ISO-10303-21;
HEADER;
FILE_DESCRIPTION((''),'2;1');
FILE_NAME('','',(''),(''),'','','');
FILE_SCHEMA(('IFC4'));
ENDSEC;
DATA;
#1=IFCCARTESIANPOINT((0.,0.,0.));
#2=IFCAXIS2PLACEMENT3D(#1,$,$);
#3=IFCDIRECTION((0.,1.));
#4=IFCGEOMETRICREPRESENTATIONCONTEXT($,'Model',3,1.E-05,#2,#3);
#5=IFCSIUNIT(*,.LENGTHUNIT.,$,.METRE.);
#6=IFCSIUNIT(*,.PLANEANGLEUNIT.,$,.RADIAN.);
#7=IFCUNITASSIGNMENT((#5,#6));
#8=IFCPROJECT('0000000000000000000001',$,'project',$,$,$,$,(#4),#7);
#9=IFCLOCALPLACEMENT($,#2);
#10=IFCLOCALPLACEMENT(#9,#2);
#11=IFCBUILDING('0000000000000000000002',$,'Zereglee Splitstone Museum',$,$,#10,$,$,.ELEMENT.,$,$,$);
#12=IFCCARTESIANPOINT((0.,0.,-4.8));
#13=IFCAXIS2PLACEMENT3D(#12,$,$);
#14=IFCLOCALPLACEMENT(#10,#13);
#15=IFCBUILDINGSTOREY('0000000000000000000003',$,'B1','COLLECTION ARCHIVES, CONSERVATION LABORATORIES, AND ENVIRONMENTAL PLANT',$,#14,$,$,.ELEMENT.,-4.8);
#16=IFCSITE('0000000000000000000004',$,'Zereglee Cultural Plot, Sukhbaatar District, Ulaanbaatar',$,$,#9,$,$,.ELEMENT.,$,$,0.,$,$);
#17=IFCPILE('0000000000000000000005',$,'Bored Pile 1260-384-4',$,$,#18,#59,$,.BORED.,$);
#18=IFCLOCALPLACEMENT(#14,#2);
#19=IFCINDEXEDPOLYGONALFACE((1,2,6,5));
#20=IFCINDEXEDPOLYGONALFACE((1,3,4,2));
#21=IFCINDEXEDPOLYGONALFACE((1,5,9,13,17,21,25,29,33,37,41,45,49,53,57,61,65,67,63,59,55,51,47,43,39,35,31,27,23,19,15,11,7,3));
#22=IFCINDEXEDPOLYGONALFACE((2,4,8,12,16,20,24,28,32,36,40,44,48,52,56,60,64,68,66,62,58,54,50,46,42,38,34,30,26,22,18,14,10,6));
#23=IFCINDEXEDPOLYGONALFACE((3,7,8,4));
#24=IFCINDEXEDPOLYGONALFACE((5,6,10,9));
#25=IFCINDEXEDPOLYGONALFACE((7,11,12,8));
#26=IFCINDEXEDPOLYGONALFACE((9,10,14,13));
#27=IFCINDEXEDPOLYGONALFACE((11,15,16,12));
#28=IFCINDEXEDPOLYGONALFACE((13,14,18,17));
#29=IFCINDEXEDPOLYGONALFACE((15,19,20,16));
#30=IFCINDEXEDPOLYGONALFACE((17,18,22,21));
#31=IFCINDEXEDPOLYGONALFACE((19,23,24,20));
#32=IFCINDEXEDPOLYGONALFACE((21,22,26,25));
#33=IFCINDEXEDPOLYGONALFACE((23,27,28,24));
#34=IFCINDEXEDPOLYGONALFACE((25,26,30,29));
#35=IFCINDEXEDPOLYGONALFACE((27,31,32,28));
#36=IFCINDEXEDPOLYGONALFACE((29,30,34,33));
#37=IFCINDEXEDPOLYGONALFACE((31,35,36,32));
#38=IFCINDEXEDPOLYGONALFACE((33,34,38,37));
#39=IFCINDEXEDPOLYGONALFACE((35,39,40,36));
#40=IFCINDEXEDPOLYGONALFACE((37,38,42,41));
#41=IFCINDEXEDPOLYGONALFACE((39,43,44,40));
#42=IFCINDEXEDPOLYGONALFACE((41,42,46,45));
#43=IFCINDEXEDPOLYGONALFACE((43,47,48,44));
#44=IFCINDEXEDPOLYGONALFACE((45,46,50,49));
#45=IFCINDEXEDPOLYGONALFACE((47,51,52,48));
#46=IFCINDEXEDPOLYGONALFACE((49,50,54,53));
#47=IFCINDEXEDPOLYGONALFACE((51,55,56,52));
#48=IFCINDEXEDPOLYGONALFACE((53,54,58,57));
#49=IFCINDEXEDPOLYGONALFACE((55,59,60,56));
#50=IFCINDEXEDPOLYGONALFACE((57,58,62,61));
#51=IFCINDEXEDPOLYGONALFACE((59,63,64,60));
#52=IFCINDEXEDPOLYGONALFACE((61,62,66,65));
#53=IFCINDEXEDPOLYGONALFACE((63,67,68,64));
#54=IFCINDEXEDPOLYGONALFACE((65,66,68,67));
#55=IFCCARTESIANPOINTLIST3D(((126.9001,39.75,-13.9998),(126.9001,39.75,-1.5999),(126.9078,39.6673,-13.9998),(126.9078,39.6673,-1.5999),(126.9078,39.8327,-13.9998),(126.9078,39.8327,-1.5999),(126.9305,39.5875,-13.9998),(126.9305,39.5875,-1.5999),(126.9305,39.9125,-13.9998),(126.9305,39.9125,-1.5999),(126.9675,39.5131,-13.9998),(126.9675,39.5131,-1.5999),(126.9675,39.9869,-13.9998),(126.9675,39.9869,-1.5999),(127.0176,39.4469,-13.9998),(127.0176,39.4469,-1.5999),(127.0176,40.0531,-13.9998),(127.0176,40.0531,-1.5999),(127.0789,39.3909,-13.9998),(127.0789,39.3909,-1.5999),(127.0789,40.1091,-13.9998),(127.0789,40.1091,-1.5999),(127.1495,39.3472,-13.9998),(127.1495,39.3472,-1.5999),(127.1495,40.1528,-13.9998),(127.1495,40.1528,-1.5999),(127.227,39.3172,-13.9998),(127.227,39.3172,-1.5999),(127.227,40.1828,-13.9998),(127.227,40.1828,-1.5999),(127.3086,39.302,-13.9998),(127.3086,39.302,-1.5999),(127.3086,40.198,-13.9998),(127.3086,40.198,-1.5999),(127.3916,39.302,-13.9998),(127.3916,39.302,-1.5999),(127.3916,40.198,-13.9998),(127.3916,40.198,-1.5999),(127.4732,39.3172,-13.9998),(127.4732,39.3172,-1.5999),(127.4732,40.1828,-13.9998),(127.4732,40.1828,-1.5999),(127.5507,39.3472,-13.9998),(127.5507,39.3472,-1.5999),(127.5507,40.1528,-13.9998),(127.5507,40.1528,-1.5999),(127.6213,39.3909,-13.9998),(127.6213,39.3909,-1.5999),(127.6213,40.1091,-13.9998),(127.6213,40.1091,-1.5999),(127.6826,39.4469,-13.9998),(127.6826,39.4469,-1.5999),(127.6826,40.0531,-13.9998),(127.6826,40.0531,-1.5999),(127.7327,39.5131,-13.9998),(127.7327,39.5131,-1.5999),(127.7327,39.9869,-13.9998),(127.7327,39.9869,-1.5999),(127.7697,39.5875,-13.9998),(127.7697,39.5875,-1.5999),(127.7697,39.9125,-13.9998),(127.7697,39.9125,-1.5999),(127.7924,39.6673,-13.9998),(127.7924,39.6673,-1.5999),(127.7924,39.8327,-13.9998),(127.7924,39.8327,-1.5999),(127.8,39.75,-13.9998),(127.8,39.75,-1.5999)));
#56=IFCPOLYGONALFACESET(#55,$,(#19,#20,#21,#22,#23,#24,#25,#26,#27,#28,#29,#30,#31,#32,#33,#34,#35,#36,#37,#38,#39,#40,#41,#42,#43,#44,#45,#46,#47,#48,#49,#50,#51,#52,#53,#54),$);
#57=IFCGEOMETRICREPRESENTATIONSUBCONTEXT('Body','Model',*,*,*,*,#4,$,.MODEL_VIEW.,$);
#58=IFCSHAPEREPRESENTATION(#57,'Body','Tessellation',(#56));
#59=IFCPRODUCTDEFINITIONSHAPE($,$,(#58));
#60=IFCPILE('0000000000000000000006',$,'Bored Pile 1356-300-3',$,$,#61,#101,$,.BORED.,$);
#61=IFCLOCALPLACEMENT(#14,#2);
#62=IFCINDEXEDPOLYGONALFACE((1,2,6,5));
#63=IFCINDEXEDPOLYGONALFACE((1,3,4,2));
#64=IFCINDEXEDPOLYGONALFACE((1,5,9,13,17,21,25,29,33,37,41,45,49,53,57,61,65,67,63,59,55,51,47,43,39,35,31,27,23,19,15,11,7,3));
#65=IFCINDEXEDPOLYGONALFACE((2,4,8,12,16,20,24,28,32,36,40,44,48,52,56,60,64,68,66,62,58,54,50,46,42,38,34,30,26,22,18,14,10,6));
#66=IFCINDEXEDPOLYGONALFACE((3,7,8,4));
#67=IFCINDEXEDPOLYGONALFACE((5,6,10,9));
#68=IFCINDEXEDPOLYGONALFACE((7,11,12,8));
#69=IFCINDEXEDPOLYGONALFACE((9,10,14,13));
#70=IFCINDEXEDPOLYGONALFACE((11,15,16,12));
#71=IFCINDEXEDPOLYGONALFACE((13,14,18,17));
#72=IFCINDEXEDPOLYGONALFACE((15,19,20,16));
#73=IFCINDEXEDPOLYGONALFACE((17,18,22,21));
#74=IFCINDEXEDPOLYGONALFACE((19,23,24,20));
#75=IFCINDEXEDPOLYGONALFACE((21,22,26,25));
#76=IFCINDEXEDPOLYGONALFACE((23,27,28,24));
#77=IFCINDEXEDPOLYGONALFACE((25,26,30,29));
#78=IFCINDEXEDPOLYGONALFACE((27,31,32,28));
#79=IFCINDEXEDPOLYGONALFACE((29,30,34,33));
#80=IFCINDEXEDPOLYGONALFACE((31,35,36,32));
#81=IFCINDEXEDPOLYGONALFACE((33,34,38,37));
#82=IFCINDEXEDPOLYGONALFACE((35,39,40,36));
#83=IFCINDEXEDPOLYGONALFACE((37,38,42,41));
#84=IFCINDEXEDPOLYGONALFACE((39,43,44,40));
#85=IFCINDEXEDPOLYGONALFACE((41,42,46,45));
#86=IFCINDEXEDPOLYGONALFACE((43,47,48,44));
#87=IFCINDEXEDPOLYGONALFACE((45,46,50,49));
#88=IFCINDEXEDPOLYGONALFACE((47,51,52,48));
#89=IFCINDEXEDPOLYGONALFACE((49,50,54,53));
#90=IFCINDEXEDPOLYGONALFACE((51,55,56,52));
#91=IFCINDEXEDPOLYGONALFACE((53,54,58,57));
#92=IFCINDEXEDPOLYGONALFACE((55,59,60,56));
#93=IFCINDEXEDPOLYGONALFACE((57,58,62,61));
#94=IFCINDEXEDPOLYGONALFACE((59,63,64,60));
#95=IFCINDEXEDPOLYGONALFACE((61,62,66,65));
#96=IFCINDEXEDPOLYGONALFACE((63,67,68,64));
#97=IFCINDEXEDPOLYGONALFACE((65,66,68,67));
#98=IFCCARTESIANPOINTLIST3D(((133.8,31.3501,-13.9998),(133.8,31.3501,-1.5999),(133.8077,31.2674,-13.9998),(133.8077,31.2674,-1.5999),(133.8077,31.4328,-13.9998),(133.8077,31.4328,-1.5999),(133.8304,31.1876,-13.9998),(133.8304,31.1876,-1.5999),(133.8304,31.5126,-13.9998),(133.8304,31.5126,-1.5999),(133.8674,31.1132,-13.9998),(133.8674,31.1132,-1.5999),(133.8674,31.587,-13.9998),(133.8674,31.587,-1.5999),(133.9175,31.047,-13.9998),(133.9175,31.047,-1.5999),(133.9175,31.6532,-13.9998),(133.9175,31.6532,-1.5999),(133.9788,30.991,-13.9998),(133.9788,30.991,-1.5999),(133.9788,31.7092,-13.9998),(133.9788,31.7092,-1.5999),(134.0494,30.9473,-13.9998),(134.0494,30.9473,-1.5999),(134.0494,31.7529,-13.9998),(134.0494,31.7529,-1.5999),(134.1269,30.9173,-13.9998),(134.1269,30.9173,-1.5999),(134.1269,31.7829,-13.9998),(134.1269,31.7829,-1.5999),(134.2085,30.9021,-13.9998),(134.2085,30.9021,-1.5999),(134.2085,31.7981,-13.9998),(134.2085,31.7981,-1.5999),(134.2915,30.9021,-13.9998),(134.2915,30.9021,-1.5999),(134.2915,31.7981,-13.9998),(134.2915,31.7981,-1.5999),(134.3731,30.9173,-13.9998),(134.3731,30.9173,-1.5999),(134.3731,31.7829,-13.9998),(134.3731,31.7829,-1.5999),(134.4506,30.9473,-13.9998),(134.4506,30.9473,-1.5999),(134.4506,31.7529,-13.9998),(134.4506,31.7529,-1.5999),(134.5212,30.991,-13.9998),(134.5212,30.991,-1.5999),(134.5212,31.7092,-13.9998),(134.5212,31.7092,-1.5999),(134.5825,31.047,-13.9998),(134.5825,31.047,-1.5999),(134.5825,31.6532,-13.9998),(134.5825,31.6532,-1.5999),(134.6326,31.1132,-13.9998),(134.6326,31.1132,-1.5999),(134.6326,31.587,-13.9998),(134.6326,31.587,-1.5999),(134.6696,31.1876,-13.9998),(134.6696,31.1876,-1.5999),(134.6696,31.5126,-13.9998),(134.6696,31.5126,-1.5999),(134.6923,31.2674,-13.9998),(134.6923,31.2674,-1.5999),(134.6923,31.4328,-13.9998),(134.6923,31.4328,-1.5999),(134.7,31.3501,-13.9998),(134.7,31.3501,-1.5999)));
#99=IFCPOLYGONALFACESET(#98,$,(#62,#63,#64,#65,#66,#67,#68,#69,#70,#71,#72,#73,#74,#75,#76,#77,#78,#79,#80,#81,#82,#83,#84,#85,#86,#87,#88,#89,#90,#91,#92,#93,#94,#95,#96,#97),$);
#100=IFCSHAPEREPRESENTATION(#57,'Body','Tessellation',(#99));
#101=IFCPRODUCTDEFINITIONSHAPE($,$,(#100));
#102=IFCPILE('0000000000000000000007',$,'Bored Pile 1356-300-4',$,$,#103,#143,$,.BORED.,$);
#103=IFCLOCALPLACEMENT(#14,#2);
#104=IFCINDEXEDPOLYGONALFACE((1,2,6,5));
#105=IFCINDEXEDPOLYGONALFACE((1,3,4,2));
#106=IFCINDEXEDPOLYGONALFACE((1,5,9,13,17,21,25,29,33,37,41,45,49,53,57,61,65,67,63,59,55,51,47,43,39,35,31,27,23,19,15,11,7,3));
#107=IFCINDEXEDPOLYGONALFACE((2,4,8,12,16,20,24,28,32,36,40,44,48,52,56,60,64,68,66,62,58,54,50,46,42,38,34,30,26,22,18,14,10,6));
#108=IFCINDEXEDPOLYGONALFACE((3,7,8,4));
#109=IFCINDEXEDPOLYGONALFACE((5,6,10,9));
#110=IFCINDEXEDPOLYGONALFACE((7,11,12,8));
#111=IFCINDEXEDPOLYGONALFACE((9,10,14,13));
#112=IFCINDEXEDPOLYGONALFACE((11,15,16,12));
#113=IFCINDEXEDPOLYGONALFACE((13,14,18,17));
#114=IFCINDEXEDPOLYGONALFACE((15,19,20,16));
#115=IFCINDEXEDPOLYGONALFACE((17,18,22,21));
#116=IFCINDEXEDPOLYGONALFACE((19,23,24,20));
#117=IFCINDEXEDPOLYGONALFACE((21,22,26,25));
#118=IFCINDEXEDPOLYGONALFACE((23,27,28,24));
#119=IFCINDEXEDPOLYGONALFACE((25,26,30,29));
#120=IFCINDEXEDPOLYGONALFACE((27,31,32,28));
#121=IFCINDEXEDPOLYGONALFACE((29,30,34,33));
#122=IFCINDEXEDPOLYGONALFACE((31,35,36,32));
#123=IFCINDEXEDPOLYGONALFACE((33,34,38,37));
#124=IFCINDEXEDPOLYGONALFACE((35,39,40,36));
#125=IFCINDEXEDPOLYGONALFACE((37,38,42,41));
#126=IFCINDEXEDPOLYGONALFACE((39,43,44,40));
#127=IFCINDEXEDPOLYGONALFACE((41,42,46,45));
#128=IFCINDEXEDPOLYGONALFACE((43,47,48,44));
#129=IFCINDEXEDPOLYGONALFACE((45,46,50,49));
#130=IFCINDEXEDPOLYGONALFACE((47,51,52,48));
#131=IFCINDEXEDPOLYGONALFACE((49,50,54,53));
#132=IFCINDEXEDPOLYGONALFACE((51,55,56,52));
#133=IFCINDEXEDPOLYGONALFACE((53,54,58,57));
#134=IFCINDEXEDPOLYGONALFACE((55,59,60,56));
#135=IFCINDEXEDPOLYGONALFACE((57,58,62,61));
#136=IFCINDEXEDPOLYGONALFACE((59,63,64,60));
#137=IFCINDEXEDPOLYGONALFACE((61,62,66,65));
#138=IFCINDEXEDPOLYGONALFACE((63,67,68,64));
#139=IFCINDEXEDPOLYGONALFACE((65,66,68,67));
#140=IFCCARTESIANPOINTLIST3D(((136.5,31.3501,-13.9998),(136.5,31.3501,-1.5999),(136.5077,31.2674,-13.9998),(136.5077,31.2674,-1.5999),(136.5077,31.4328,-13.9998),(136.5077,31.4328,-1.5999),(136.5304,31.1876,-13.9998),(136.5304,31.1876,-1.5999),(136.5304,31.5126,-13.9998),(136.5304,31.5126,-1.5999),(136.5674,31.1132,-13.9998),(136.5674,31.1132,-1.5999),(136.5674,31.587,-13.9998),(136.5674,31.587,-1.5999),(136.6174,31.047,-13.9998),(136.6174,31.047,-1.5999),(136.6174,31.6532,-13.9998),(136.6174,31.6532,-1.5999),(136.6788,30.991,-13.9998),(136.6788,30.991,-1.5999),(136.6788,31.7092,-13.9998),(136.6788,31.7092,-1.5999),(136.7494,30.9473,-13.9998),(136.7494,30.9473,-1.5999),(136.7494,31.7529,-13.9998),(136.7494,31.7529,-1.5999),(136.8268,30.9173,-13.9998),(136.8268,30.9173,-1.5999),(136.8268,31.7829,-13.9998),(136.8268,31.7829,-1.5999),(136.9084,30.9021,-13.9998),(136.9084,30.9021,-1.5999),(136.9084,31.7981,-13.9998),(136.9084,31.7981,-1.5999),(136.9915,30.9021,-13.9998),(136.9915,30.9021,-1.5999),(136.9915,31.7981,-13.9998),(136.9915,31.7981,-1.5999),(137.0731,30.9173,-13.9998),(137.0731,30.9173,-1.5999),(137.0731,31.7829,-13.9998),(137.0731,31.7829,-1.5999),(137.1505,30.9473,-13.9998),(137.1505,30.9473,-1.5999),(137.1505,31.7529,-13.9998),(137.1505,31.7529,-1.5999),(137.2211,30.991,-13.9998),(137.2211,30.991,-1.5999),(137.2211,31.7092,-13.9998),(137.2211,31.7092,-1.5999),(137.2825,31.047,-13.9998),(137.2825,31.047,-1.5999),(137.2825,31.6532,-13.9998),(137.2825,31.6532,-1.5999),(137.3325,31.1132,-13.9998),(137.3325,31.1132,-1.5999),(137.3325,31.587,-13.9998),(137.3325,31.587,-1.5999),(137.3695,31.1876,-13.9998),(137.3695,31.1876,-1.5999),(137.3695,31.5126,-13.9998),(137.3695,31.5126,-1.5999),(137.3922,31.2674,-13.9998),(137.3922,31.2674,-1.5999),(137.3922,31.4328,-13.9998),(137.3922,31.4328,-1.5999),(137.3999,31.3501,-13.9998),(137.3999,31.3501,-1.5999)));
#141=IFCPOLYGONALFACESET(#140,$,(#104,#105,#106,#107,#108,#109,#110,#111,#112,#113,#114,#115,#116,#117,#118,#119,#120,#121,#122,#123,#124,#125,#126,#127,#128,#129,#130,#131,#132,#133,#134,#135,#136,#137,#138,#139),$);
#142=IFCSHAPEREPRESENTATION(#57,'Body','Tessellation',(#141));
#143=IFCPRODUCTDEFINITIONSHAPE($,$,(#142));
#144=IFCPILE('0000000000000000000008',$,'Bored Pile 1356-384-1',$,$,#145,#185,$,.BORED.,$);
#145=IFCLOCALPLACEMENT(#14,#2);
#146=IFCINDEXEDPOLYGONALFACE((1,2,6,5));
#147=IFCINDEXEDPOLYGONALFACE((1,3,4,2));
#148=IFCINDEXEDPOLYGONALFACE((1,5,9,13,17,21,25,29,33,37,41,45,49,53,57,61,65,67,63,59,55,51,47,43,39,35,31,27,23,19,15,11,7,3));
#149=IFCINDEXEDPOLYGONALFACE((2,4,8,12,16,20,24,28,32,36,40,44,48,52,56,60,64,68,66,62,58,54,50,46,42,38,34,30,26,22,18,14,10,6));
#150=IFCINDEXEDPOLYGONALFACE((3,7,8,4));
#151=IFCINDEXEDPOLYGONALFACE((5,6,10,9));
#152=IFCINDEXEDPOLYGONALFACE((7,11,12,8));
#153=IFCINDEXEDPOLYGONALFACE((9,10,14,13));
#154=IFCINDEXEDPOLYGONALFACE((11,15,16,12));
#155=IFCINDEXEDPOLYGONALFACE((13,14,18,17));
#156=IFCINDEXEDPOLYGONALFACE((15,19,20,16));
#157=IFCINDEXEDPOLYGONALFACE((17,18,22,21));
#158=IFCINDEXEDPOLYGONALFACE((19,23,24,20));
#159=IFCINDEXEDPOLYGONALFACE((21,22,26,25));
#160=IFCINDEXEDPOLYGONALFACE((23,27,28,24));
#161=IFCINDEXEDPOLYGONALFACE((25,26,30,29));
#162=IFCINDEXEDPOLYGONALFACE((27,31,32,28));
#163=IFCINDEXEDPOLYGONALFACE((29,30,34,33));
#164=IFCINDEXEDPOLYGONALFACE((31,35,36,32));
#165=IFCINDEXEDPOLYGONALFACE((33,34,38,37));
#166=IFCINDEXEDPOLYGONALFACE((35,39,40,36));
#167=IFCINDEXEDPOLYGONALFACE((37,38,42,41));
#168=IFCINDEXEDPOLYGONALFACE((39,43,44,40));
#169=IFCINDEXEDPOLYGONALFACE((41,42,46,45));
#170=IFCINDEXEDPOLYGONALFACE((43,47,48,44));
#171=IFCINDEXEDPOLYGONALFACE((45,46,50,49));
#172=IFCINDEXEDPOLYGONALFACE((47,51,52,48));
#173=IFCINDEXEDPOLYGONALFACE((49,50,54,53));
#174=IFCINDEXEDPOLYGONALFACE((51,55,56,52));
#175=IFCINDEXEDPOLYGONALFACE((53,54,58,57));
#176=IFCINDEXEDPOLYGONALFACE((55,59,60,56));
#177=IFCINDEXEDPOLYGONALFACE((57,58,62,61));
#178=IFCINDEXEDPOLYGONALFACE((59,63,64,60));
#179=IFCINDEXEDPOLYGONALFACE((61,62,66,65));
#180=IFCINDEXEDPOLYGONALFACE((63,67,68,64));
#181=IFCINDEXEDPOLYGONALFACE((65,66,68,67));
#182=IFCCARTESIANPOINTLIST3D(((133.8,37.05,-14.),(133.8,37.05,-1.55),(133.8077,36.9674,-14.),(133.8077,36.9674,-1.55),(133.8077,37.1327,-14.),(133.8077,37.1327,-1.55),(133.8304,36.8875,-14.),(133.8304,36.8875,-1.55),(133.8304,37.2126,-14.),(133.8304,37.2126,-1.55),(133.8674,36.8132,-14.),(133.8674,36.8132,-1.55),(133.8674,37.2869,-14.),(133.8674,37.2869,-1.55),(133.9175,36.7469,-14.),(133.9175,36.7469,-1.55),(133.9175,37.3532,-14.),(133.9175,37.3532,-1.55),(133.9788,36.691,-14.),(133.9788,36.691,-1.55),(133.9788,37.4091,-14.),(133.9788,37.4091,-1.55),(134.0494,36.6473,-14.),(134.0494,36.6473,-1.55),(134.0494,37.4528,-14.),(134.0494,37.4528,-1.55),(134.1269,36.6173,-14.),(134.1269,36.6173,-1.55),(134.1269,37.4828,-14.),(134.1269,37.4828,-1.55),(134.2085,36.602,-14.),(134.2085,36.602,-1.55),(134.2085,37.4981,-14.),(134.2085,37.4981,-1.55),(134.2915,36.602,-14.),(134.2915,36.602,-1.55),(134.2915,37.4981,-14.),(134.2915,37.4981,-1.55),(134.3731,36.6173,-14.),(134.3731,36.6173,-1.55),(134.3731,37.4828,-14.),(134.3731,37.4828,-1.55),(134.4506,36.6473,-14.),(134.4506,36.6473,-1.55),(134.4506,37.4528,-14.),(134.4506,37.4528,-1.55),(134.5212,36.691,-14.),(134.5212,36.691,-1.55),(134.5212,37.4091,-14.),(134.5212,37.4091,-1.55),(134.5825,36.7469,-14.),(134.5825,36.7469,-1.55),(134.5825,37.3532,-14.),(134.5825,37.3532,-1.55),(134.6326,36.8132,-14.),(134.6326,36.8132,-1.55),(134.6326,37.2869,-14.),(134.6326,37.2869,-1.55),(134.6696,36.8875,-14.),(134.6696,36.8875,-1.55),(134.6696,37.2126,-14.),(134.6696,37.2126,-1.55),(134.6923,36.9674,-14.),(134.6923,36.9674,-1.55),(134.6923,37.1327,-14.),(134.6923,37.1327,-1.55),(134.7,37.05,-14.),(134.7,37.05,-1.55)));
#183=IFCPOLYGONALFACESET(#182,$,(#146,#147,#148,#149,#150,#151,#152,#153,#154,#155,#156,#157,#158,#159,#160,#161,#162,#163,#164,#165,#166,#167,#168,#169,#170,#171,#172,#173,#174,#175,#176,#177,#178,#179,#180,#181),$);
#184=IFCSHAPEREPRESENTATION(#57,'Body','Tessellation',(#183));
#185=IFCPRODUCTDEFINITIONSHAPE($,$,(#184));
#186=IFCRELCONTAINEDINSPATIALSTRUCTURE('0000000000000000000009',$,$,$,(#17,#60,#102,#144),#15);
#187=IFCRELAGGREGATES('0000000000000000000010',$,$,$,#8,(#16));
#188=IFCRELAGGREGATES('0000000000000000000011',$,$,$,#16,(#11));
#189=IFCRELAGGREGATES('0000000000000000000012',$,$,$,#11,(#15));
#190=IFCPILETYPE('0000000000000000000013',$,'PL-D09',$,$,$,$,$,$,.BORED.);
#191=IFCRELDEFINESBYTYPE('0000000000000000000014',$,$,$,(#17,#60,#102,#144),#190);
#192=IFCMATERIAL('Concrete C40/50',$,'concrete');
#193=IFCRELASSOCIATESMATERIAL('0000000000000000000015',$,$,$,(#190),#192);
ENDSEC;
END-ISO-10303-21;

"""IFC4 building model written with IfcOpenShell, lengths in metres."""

from ifc_helpers import new_model, si_unit, direction, frame, origin, origin_2d, place, context, subcontext, project, spatial, circle, extrude, material, material_profile, profile_set, type_object, element, save


model = new_model("IFC4")

# Units and contexts
model_context = context("Model", 3, precision=1e-05, world=origin(), true_north=direction((0.0, 1.0)))
body_context = subcontext(model_context, "Body", "Model", "MODEL_VIEW")
ifc_project = project(units=[si_unit("LENGTHUNIT", "METRE"), si_unit("PLANEANGLEUNIT", "RADIAN")], contexts=[model_context])

# Site, building, storey
site_placement = place(None, origin())
site = spatial("IfcSite", under=ifc_project, at=site_placement, Name="Zereglee Cultural Plot, Sukhbaatar District, Ulaanbaatar", CompositionType="ELEMENT", RefElevation=0.0)
building_placement = place(site_placement, origin())
building = spatial("IfcBuilding", under=site, at=building_placement, Name="Zereglee Splitstone Museum", CompositionType="ELEMENT")
storey_placement = place(building_placement, frame((0.0, 0.0, -4.8)))
storey = spatial("IfcBuildingStorey", under=building, at=storey_placement, Name="B1", Description="COLLECTION ARCHIVES, CONSERVATION LABORATORIES, AND ENVIRONMENTAL PLANT", CompositionType="ELEMENT", Elevation=-4.8)

# Shared definitions
ifc_material_1 = material(Name="Concrete C40/50", Category="concrete")

# Piles
ifc_material_profile_1 = material_profile(ifc_material_1, circle(Radius=0.45, at=origin_2d()), Name="PILE D900")
ifc_profile_set_1 = profile_set([ifc_material_profile_1], Name="Concrete C40/50")
pile_type = type_object("IfcPileType", Name="PL-D09", PredefinedType="BORED", material=ifc_profile_set_1)
for number, where, z_axis, x_axis, name in (
    (1, (127.3501, 39.75, -1.5999), (0.0, 0.0, -1.0), (1.0, 0.0, 0.0), "Bored Pile 1260-384-4"),
    (2, (134.25, 31.3501, -1.5999), (0.0, 0.0, -1.0), (1.0, 0.0, 0.0), "Bored Pile 1356-300-3"),
    (3, (136.95, 31.3501, -1.5999), (0.0, 0.0, -1.0), (1.0, 0.0, 0.0), "Bored Pile 1356-300-4"),
):
    element("IfcPile", number, at=place(storey_placement, frame(where, z_axis=z_axis, x_axis=x_axis)), inside=storey, type_object=pile_type, Name=name, PredefinedType="BORED", context=body_context, shape_type="SweptSolid", body=[
        extrude(circle(Radius=0.45, at=origin_2d()), origin(), (0.0, 0.0, 1.0), 12.3999),
    ])
for number, where, z_axis, x_axis, name in (
    (4, (134.25, 37.05, -1.55), (0.0, 0.0, -1.0), (1.0, 0.0, 0.0), "Bored Pile 1356-384-1"),
):
    element("IfcPile", number, at=place(storey_placement, frame(where, z_axis=z_axis, x_axis=x_axis)), inside=storey, type_object=pile_type, Name=name, PredefinedType="BORED", context=body_context, shape_type="SweptSolid", body=[
        extrude(circle(Radius=0.45, at=origin_2d()), origin(), (0.0, 0.0, 1.0), 12.45),
    ])

save(model, "model.ifc")
